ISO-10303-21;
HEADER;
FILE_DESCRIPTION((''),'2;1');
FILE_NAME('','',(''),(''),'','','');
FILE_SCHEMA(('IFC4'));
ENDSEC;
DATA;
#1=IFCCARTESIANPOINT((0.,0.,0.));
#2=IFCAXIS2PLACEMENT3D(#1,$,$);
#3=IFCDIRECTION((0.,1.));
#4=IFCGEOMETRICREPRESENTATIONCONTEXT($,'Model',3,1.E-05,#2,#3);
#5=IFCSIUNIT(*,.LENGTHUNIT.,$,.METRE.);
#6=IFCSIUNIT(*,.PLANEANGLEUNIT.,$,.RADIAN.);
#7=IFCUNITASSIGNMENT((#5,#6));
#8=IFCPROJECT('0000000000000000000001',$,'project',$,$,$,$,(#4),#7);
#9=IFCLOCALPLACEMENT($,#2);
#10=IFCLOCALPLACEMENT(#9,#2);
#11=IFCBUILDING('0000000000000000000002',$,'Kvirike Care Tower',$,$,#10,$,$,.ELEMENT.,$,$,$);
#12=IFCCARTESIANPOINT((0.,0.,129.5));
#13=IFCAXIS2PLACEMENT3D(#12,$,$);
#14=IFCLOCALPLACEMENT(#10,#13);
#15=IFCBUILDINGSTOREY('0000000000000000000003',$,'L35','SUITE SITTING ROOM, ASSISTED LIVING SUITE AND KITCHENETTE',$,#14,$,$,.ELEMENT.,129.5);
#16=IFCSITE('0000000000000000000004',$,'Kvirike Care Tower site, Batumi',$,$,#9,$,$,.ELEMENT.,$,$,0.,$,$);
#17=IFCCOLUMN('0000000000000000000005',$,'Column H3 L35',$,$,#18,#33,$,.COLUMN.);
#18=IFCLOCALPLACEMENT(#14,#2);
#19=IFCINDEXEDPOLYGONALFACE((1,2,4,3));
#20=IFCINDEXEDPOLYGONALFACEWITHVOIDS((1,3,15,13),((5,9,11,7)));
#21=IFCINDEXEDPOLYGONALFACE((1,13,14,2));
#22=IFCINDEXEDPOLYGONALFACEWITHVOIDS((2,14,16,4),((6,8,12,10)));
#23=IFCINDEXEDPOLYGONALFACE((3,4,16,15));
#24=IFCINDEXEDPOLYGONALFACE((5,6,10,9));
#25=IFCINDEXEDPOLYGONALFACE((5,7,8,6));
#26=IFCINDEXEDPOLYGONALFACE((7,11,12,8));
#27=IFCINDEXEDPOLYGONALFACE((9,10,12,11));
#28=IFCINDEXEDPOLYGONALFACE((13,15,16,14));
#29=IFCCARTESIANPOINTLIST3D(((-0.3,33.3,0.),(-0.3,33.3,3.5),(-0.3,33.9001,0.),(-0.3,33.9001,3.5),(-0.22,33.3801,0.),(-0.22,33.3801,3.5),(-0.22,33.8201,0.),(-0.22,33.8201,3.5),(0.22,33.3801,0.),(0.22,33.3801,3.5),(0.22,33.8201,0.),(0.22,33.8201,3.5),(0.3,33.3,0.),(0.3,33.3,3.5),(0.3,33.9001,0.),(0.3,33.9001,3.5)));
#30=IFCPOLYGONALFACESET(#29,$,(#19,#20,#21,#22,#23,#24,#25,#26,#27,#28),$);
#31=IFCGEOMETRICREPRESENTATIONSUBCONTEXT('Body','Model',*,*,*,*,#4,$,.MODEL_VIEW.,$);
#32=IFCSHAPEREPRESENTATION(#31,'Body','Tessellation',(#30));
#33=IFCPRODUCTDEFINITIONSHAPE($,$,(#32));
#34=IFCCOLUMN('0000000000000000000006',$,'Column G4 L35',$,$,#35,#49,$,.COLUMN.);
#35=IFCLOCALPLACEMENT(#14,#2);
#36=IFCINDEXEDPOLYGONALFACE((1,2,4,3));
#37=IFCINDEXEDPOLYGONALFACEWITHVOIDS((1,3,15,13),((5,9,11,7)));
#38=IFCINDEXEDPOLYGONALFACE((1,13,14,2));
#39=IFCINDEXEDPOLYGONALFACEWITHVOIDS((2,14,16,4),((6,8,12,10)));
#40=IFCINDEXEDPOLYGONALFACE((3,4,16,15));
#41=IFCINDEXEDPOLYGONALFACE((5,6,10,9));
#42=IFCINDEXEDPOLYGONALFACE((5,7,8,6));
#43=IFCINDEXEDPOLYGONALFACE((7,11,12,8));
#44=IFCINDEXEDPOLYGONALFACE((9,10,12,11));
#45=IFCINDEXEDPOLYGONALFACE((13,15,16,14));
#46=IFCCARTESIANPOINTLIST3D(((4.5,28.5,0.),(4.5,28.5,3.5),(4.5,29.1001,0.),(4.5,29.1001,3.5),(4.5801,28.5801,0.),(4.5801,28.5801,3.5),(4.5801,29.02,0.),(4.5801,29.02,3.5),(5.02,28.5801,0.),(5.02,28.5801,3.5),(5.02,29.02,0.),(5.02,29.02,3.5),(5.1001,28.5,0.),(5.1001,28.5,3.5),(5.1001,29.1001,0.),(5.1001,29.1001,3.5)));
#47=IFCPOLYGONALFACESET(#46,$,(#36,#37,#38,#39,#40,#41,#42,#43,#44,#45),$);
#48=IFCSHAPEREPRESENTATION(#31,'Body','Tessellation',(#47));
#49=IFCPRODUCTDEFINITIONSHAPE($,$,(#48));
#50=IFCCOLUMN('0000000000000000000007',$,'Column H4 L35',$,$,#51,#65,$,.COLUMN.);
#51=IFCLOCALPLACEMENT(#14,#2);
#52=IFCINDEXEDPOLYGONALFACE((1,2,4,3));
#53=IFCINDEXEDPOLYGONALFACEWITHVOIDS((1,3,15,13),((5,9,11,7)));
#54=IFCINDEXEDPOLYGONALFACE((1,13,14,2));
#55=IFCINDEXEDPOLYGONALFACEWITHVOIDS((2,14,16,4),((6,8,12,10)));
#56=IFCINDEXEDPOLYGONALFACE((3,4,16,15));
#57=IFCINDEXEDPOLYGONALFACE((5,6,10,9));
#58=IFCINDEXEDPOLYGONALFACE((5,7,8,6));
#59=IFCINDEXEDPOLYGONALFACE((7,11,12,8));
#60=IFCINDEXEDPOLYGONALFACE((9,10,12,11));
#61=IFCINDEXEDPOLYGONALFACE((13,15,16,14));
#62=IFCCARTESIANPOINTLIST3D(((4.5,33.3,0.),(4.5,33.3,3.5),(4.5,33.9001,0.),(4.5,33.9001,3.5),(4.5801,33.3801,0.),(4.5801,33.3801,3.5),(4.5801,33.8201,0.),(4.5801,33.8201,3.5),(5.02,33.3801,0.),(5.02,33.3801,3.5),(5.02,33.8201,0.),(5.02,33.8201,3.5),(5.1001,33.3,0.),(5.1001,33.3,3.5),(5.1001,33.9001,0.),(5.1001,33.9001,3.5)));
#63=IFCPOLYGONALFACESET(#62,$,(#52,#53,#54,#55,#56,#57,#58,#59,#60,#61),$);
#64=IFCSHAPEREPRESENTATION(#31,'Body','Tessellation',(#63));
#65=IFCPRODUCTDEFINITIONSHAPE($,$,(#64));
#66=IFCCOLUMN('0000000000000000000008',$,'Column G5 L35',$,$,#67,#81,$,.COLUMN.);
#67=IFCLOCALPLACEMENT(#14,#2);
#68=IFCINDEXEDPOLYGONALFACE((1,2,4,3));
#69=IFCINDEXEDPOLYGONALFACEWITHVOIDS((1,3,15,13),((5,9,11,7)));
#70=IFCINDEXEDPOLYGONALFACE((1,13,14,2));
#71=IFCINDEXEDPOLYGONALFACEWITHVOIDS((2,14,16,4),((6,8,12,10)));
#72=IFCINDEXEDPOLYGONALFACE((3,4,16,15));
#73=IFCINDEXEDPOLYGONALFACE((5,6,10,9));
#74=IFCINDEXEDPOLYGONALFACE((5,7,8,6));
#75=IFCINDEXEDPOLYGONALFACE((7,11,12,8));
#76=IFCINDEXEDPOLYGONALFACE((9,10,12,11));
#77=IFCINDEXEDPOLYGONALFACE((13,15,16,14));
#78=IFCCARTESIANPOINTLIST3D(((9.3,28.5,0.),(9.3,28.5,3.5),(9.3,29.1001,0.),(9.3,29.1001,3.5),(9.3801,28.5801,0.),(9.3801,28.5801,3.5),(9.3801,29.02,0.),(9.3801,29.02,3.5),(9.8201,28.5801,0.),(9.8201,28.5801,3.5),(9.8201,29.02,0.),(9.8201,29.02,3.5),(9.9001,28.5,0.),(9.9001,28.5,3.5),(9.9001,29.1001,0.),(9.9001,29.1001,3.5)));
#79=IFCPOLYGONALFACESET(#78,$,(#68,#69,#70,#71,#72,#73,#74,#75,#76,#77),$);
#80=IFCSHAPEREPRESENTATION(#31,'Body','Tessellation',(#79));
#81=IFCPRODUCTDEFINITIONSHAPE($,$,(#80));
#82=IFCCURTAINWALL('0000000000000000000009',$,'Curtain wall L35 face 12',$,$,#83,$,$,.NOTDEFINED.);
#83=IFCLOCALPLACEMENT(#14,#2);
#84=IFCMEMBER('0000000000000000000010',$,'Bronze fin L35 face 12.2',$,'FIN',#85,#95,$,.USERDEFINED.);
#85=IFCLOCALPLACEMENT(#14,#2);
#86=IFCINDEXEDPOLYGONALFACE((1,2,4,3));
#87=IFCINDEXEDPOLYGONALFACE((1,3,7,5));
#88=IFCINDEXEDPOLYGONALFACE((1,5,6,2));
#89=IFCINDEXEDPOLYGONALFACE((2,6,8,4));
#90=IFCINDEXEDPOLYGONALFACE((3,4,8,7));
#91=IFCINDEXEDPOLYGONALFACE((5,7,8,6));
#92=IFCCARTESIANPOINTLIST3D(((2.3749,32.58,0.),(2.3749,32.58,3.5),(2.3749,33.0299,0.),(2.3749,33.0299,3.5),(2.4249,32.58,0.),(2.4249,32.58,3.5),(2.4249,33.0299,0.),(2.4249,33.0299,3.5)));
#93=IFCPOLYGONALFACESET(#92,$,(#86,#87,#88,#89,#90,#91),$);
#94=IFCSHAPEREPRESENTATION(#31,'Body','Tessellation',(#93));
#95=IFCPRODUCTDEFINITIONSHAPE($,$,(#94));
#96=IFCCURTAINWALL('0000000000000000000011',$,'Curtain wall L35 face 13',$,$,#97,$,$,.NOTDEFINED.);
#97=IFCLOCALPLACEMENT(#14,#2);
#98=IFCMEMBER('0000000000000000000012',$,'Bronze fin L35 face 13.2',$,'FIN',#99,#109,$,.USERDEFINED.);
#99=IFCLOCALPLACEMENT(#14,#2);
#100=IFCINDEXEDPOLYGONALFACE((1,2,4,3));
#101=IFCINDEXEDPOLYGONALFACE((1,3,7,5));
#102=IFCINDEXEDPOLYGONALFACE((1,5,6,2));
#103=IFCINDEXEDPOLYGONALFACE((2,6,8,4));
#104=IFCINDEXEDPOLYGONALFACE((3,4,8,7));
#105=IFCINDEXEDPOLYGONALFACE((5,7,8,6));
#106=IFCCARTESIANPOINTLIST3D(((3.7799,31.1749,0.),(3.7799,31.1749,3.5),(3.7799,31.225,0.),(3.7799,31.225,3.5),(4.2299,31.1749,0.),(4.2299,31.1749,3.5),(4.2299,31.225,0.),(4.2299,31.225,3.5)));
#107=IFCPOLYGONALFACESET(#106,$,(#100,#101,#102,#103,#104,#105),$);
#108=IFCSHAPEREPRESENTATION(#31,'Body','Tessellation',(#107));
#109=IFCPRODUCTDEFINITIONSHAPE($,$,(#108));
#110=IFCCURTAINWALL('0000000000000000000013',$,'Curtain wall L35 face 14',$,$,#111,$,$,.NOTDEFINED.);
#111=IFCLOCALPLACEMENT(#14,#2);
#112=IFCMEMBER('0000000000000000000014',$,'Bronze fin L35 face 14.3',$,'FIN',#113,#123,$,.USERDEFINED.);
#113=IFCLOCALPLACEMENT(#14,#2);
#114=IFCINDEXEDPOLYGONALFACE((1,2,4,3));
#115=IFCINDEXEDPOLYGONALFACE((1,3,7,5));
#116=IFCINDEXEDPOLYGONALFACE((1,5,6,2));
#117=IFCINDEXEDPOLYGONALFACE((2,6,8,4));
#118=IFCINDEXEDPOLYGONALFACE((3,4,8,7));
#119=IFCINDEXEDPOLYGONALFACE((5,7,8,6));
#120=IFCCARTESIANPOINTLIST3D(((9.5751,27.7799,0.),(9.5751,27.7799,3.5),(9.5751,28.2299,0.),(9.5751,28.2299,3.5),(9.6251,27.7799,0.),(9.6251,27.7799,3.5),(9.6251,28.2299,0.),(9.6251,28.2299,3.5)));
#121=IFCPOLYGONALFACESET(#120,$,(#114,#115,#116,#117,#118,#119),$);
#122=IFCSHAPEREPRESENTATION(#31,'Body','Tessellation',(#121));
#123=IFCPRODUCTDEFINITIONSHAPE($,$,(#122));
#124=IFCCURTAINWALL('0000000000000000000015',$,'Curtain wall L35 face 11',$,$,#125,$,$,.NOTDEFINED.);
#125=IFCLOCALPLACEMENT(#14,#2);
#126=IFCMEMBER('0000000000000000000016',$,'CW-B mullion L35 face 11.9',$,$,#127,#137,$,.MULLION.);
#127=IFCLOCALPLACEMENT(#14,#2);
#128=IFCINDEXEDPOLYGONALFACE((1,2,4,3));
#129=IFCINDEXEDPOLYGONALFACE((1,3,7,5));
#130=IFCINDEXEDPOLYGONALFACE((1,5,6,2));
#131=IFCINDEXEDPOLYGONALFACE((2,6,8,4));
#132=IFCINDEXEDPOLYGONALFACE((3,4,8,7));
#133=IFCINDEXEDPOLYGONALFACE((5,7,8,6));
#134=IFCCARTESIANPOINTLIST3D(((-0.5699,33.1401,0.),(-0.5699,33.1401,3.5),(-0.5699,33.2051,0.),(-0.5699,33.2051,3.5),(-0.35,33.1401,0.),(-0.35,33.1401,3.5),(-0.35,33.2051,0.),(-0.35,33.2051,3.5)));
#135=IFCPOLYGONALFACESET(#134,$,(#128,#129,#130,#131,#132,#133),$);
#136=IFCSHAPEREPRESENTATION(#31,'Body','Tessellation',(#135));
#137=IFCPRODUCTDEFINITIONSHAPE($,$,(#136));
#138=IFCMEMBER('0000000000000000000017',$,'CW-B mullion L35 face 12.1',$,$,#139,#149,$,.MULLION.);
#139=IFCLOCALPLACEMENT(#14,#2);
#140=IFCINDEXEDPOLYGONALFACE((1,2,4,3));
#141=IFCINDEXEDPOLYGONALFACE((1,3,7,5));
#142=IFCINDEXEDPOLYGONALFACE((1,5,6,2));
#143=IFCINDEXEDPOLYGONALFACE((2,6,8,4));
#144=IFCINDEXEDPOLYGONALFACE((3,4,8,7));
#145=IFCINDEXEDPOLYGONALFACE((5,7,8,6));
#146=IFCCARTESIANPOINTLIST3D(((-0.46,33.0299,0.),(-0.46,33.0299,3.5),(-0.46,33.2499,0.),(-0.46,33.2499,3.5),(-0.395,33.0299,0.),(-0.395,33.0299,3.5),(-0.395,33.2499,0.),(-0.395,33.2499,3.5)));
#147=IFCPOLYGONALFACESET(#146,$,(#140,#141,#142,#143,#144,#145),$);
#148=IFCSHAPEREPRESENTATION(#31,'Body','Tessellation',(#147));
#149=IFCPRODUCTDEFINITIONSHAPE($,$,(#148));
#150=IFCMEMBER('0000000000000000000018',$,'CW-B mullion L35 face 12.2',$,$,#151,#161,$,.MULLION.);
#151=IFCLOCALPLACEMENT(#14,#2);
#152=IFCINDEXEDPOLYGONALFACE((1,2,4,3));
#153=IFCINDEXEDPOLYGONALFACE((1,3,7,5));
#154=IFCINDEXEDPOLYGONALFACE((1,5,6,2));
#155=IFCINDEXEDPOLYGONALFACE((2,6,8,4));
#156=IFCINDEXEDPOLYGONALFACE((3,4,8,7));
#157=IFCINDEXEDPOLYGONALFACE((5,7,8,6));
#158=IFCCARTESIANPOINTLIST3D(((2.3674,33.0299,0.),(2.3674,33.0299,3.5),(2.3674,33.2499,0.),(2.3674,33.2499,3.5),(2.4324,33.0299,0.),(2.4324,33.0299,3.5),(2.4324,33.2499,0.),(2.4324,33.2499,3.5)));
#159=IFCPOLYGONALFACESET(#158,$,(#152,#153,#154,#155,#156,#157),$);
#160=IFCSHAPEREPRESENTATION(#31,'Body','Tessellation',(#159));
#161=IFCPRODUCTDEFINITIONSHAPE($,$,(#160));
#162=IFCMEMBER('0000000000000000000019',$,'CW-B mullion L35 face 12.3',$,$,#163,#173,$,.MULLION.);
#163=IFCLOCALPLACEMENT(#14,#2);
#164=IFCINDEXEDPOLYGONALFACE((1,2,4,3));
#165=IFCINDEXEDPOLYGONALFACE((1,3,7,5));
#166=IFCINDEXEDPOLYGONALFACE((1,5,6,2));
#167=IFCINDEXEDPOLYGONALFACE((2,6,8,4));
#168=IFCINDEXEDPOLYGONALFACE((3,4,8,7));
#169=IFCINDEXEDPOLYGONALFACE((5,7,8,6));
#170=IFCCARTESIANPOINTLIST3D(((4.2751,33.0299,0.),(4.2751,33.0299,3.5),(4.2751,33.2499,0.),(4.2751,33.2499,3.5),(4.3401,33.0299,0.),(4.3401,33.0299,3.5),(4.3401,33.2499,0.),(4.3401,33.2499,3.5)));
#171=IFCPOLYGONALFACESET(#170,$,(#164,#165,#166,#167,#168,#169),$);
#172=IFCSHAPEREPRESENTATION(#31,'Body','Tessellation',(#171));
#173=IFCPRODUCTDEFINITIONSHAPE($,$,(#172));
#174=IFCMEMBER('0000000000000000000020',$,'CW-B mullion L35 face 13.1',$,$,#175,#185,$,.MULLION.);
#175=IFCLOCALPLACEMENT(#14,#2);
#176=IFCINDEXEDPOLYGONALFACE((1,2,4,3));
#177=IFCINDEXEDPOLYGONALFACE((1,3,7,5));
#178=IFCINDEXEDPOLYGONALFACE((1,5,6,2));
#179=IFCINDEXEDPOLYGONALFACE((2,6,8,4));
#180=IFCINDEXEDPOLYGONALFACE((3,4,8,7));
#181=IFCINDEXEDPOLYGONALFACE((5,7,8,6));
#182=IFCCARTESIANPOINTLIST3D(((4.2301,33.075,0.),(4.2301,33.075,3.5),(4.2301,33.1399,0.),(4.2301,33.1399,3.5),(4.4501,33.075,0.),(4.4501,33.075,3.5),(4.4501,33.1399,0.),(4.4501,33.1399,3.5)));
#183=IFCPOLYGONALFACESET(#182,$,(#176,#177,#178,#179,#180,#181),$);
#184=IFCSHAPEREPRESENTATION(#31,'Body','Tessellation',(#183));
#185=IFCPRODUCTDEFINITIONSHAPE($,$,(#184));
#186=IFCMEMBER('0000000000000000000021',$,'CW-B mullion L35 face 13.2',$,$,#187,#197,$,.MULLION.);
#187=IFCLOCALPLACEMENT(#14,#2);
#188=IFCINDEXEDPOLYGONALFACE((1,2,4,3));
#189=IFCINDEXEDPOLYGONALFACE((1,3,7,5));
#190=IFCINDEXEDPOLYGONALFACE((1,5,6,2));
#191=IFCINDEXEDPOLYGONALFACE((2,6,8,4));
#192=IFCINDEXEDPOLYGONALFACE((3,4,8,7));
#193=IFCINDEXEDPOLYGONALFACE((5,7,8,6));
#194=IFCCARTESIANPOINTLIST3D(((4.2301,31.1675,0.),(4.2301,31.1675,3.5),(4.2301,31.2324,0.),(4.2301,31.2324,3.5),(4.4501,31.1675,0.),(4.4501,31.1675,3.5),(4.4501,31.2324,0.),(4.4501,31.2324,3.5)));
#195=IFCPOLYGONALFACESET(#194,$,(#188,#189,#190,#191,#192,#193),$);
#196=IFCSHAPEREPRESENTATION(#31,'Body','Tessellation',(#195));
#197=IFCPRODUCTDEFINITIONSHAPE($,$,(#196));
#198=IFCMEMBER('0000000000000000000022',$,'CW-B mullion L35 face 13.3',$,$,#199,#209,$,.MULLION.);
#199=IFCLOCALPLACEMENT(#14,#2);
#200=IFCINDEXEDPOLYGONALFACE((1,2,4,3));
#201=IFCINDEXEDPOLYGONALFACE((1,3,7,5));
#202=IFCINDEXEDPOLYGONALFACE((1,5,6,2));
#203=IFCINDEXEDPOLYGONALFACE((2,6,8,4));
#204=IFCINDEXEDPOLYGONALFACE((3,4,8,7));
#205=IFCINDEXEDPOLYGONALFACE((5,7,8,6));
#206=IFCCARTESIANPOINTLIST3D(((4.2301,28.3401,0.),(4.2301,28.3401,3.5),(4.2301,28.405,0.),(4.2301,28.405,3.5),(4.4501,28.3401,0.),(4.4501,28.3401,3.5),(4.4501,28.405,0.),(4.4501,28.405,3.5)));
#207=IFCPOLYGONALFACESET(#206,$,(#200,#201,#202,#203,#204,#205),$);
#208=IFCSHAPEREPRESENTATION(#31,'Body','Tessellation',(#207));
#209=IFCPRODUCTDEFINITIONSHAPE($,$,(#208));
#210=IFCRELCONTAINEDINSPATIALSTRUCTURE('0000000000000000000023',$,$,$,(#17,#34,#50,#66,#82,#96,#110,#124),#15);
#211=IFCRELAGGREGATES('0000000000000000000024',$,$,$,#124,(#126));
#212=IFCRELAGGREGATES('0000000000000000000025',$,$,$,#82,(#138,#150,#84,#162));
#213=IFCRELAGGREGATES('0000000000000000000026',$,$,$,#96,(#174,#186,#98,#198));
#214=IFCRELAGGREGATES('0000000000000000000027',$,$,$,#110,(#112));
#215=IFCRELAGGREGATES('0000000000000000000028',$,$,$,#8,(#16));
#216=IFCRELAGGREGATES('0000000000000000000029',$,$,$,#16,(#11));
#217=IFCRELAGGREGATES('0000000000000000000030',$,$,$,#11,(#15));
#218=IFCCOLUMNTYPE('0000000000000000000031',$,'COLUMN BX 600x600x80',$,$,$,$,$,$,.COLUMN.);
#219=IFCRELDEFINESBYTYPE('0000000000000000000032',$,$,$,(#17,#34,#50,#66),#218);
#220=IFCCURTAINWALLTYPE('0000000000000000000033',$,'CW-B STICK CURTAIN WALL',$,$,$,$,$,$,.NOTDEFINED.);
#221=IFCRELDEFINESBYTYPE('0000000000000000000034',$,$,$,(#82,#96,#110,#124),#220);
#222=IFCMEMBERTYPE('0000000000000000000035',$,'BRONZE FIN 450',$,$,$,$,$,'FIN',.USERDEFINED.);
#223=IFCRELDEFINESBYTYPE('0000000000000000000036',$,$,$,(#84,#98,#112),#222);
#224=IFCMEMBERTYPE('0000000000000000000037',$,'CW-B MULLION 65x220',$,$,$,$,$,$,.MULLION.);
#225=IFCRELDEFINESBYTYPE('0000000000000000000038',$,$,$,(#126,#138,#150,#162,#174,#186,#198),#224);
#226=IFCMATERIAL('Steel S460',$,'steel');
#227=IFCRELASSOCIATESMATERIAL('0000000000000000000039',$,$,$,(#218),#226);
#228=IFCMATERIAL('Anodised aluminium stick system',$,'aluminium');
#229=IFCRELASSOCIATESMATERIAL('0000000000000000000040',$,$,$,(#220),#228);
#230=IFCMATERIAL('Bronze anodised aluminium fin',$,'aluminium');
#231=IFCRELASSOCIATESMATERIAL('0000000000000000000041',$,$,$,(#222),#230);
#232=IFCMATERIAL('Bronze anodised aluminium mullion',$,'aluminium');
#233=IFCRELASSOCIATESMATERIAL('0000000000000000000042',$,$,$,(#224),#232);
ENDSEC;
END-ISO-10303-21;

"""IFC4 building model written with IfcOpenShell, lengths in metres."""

from ifc_helpers import new_model, si_unit, direction, frame, origin, origin_2d, place, context, subcontext, project, spatial, rectangle, hollow_rectangle, extrude, material, material_profile, profile_set, type_object, element, aggregate, save


model = new_model("IFC4")

# Units and contexts
model_context = context("Model", 3, precision=1e-05, world=origin(), true_north=direction((0.0, 1.0)))
body_context = subcontext(model_context, "Body", "Model", "MODEL_VIEW")
ifc_project = project(units=[si_unit("LENGTHUNIT", "METRE"), si_unit("PLANEANGLEUNIT", "RADIAN")], contexts=[model_context])

# Site, building, storey
site_placement = place(None, origin())
site = spatial("IfcSite", under=ifc_project, at=site_placement, Name="Kvirike Care Tower site, Batumi", CompositionType="ELEMENT", RefElevation=0.0)
building_placement = place(site_placement, origin())
building = spatial("IfcBuilding", under=site, at=building_placement, Name="Kvirike Care Tower", CompositionType="ELEMENT")
storey_placement = place(building_placement, frame((0.0, 0.0, 129.5)))
storey = spatial("IfcBuildingStorey", under=building, at=storey_placement, Name="L35", Description="SUITE SITTING ROOM, ASSISTED LIVING SUITE AND KITCHENETTE", CompositionType="ELEMENT", Elevation=129.5)

# Columns
ifc_material_1 = material(Name="Steel S460", Category="steel")
ifc_material_profile_1 = material_profile(ifc_material_1, hollow_rectangle(XDim=0.6001, YDim=0.6001, WallThickness=0.0801, at=origin_2d()), Name="BX 600x600x80")
ifc_profile_set_1 = profile_set([ifc_material_profile_1], Name="Steel S460")
column_type = type_object("IfcColumnType", Name="COLUMN BX 600x600x80", PredefinedType="COLUMN", material=ifc_profile_set_1)
for number, where, z_axis, x_axis, name in (
    (1, (0.0, 33.6001, 0.0), (0.0, 0.0, 1.0), (0.0, 1.0, 0.0), "Column H3 L35"),
    (2, (4.8, 28.8, 0.0), (0.0, 0.0, 1.0), (0.0, 1.0, 0.0), "Column G4 L35"),
    (3, (4.8, 33.6001, 0.0), (0.0, 0.0, 1.0), (0.0, 1.0, 0.0), "Column H4 L35"),
    (4, (9.6001, 28.8, 0.0), (0.0, 0.0, 1.0), (0.0, 1.0, 0.0), "Column G5 L35"),
):
    element("IfcColumn", number, at=place(storey_placement, frame(where, z_axis=z_axis, x_axis=x_axis)), inside=storey, type_object=column_type, Name=name, PredefinedType="COLUMN", context=body_context, shape_type="SweptSolid", body=[
        extrude(hollow_rectangle(XDim=0.6001, YDim=0.6001, WallThickness=0.0801, at=origin_2d()), origin(), (0.0, 0.0, 1.0), 3.5),
    ])

# Curtain walls, members
ifc_material_2 = material(Name="Anodised aluminium stick system", Category="aluminium")
curtain_wall_type = type_object("IfcCurtainWallType", Name="CW-B STICK CURTAIN WALL", PredefinedType="NOTDEFINED", material=ifc_material_2)
curtain_wall_1_placement = place(storey_placement, origin())
curtain_wall_1 = element("IfcCurtainWall", 5, at=curtain_wall_1_placement, inside=storey, type_object=curtain_wall_type, Name="Curtain wall L35 face 12", PredefinedType="NOTDEFINED")
ifc_material_3 = material(Name="Bronze anodised aluminium fin", Category="aluminium")
ifc_material_profile_2 = material_profile(ifc_material_3, rectangle(XDim=0.05, YDim=0.45, at=origin_2d()), Name="BRONZE FIN 450")
ifc_profile_set_2 = profile_set([ifc_material_profile_2], Name="Bronze anodised aluminium fin")
member_type_1 = type_object("IfcMemberType", Name="BRONZE FIN 450", ElementType="FIN", PredefinedType="USERDEFINED", material=ifc_profile_set_2)
member_1_placement = place(storey_placement, frame((2.3999, 32.8049, 0.0), z_axis=(0.0, 0.0, 1.0), x_axis=(1.0, 0.0, 0.0)))
member_1 = element("IfcMember", 6, at=member_1_placement, type_object=member_type_1, Name="Bronze fin L35 face 12.2", ObjectType="FIN", PredefinedType="USERDEFINED", context=body_context, shape_type="SweptSolid", body=[
    extrude(rectangle(XDim=0.05, YDim=0.45, at=origin_2d()), origin(), (0.0, 0.0, 1.0), 3.5),
])
curtain_wall_2_placement = place(storey_placement, origin())
curtain_wall_2 = element("IfcCurtainWall", 7, at=curtain_wall_2_placement, inside=storey, type_object=curtain_wall_type, Name="Curtain wall L35 face 13", PredefinedType="NOTDEFINED")
member_2_placement = place(storey_placement, frame((4.0049, 31.2, 0.0), z_axis=(0.0, 0.0, 1.0), x_axis=(0.0, -1.0, 0.0)))
member_2 = element("IfcMember", 8, at=member_2_placement, type_object=member_type_1, Name="Bronze fin L35 face 13.2", ObjectType="FIN", PredefinedType="USERDEFINED", context=body_context, shape_type="SweptSolid", body=[
    extrude(rectangle(XDim=0.05, YDim=0.45, at=origin_2d()), origin(), (0.0, 0.0, 1.0), 3.5),
])
curtain_wall_3_placement = place(storey_placement, origin())
curtain_wall_3 = element("IfcCurtainWall", 9, at=curtain_wall_3_placement, inside=storey, type_object=curtain_wall_type, Name="Curtain wall L35 face 14", PredefinedType="NOTDEFINED")
member_3_placement = place(storey_placement, frame((9.6001, 28.0049, 0.0), z_axis=(0.0, 0.0, 1.0), x_axis=(1.0, 0.0, 0.0)))
member_3 = element("IfcMember", 10, at=member_3_placement, type_object=member_type_1, Name="Bronze fin L35 face 14.3", ObjectType="FIN", PredefinedType="USERDEFINED", context=body_context, shape_type="SweptSolid", body=[
    extrude(rectangle(XDim=0.05, YDim=0.45, at=origin_2d()), origin(), (0.0, 0.0, 1.0), 3.5),
])
curtain_wall_4_placement = place(storey_placement, origin())
curtain_wall_4 = element("IfcCurtainWall", 11, at=curtain_wall_4_placement, inside=storey, type_object=curtain_wall_type, Name="Curtain wall L35 face 11", PredefinedType="NOTDEFINED")
ifc_material_4 = material(Name="Bronze anodised aluminium mullion", Category="aluminium")
ifc_material_profile_3 = material_profile(ifc_material_4, rectangle(XDim=0.0649, YDim=0.22, at=origin_2d()), Name="CW-B MULLION 65x220")
ifc_profile_set_3 = profile_set([ifc_material_profile_3], Name="Bronze anodised aluminium mullion")
member_type_2 = type_object("IfcMemberType", Name="CW-B MULLION 65x220", PredefinedType="MULLION", material=ifc_profile_set_3)
member_4_placement = place(storey_placement, frame((-0.46, 33.1726, 0.0), z_axis=(0.0, 0.0, 1.0), x_axis=(0.0, -1.0, 0.0)))
member_4 = element("IfcMember", 12, at=member_4_placement, type_object=member_type_2, Name="CW-B mullion L35 face 11.9", PredefinedType="MULLION", context=body_context, shape_type="SweptSolid", body=[
    extrude(rectangle(XDim=0.0649, YDim=0.22, at=origin_2d()), origin(), (0.0, 0.0, 1.0), 3.5),
])
aggregate(curtain_wall_4, [member_4])

# Members
member_5_placement = place(storey_placement, frame((-0.4275, 33.1399, 0.0), z_axis=(0.0, 0.0, 1.0), x_axis=(1.0, 0.0, 0.0)))
member_5 = element("IfcMember", 13, at=member_5_placement, type_object=member_type_2, Name="CW-B mullion L35 face 12.1", PredefinedType="MULLION", context=body_context, shape_type="SweptSolid", body=[
    extrude(rectangle(XDim=0.0649, YDim=0.22, at=origin_2d()), origin(), (0.0, 0.0, 1.0), 3.5),
])
member_6_placement = place(storey_placement, frame((2.3999, 33.1399, 0.0), z_axis=(0.0, 0.0, 1.0), x_axis=(1.0, 0.0, 0.0)))
member_6 = element("IfcMember", 14, at=member_6_placement, type_object=member_type_2, Name="CW-B mullion L35 face 12.2", PredefinedType="MULLION", context=body_context, shape_type="SweptSolid", body=[
    extrude(rectangle(XDim=0.0649, YDim=0.22, at=origin_2d()), origin(), (0.0, 0.0, 1.0), 3.5),
])
member_7_placement = place(storey_placement, frame((4.3076, 33.1399, 0.0), z_axis=(0.0, 0.0, 1.0), x_axis=(1.0, 0.0, 0.0)))
member_7 = element("IfcMember", 15, at=member_7_placement, type_object=member_type_2, Name="CW-B mullion L35 face 12.3", PredefinedType="MULLION", context=body_context, shape_type="SweptSolid", body=[
    extrude(rectangle(XDim=0.0649, YDim=0.22, at=origin_2d()), origin(), (0.0, 0.0, 1.0), 3.5),
])
member_8_placement = place(storey_placement, frame((4.3401, 33.1074, 0.0), z_axis=(0.0, 0.0, 1.0), x_axis=(0.0, -1.0, 0.0)))
member_8 = element("IfcMember", 16, at=member_8_placement, type_object=member_type_2, Name="CW-B mullion L35 face 13.1", PredefinedType="MULLION", context=body_context, shape_type="SweptSolid", body=[
    extrude(rectangle(XDim=0.0649, YDim=0.22, at=origin_2d()), origin(), (0.0, 0.0, 1.0), 3.5),
])
member_9_placement = place(storey_placement, frame((4.3401, 31.2, 0.0), z_axis=(0.0, 0.0, 1.0), x_axis=(0.0, -1.0, 0.0)))
member_9 = element("IfcMember", 17, at=member_9_placement, type_object=member_type_2, Name="CW-B mullion L35 face 13.2", PredefinedType="MULLION", context=body_context, shape_type="SweptSolid", body=[
    extrude(rectangle(XDim=0.0649, YDim=0.22, at=origin_2d()), origin(), (0.0, 0.0, 1.0), 3.5),
])
member_10_placement = place(storey_placement, frame((4.3401, 28.3726, 0.0), z_axis=(0.0, 0.0, 1.0), x_axis=(0.0, -1.0, 0.0)))
member_10 = element("IfcMember", 18, at=member_10_placement, type_object=member_type_2, Name="CW-B mullion L35 face 13.3", PredefinedType="MULLION", context=body_context, shape_type="SweptSolid", body=[
    extrude(rectangle(XDim=0.0649, YDim=0.22, at=origin_2d()), origin(), (0.0, 0.0, 1.0), 3.5),
])

aggregate(curtain_wall_1, [member_5, member_6, member_1, member_7])
aggregate(curtain_wall_2, [member_8, member_9, member_2, member_10])
aggregate(curtain_wall_3, [member_3])

save(model, "model.ifc")
